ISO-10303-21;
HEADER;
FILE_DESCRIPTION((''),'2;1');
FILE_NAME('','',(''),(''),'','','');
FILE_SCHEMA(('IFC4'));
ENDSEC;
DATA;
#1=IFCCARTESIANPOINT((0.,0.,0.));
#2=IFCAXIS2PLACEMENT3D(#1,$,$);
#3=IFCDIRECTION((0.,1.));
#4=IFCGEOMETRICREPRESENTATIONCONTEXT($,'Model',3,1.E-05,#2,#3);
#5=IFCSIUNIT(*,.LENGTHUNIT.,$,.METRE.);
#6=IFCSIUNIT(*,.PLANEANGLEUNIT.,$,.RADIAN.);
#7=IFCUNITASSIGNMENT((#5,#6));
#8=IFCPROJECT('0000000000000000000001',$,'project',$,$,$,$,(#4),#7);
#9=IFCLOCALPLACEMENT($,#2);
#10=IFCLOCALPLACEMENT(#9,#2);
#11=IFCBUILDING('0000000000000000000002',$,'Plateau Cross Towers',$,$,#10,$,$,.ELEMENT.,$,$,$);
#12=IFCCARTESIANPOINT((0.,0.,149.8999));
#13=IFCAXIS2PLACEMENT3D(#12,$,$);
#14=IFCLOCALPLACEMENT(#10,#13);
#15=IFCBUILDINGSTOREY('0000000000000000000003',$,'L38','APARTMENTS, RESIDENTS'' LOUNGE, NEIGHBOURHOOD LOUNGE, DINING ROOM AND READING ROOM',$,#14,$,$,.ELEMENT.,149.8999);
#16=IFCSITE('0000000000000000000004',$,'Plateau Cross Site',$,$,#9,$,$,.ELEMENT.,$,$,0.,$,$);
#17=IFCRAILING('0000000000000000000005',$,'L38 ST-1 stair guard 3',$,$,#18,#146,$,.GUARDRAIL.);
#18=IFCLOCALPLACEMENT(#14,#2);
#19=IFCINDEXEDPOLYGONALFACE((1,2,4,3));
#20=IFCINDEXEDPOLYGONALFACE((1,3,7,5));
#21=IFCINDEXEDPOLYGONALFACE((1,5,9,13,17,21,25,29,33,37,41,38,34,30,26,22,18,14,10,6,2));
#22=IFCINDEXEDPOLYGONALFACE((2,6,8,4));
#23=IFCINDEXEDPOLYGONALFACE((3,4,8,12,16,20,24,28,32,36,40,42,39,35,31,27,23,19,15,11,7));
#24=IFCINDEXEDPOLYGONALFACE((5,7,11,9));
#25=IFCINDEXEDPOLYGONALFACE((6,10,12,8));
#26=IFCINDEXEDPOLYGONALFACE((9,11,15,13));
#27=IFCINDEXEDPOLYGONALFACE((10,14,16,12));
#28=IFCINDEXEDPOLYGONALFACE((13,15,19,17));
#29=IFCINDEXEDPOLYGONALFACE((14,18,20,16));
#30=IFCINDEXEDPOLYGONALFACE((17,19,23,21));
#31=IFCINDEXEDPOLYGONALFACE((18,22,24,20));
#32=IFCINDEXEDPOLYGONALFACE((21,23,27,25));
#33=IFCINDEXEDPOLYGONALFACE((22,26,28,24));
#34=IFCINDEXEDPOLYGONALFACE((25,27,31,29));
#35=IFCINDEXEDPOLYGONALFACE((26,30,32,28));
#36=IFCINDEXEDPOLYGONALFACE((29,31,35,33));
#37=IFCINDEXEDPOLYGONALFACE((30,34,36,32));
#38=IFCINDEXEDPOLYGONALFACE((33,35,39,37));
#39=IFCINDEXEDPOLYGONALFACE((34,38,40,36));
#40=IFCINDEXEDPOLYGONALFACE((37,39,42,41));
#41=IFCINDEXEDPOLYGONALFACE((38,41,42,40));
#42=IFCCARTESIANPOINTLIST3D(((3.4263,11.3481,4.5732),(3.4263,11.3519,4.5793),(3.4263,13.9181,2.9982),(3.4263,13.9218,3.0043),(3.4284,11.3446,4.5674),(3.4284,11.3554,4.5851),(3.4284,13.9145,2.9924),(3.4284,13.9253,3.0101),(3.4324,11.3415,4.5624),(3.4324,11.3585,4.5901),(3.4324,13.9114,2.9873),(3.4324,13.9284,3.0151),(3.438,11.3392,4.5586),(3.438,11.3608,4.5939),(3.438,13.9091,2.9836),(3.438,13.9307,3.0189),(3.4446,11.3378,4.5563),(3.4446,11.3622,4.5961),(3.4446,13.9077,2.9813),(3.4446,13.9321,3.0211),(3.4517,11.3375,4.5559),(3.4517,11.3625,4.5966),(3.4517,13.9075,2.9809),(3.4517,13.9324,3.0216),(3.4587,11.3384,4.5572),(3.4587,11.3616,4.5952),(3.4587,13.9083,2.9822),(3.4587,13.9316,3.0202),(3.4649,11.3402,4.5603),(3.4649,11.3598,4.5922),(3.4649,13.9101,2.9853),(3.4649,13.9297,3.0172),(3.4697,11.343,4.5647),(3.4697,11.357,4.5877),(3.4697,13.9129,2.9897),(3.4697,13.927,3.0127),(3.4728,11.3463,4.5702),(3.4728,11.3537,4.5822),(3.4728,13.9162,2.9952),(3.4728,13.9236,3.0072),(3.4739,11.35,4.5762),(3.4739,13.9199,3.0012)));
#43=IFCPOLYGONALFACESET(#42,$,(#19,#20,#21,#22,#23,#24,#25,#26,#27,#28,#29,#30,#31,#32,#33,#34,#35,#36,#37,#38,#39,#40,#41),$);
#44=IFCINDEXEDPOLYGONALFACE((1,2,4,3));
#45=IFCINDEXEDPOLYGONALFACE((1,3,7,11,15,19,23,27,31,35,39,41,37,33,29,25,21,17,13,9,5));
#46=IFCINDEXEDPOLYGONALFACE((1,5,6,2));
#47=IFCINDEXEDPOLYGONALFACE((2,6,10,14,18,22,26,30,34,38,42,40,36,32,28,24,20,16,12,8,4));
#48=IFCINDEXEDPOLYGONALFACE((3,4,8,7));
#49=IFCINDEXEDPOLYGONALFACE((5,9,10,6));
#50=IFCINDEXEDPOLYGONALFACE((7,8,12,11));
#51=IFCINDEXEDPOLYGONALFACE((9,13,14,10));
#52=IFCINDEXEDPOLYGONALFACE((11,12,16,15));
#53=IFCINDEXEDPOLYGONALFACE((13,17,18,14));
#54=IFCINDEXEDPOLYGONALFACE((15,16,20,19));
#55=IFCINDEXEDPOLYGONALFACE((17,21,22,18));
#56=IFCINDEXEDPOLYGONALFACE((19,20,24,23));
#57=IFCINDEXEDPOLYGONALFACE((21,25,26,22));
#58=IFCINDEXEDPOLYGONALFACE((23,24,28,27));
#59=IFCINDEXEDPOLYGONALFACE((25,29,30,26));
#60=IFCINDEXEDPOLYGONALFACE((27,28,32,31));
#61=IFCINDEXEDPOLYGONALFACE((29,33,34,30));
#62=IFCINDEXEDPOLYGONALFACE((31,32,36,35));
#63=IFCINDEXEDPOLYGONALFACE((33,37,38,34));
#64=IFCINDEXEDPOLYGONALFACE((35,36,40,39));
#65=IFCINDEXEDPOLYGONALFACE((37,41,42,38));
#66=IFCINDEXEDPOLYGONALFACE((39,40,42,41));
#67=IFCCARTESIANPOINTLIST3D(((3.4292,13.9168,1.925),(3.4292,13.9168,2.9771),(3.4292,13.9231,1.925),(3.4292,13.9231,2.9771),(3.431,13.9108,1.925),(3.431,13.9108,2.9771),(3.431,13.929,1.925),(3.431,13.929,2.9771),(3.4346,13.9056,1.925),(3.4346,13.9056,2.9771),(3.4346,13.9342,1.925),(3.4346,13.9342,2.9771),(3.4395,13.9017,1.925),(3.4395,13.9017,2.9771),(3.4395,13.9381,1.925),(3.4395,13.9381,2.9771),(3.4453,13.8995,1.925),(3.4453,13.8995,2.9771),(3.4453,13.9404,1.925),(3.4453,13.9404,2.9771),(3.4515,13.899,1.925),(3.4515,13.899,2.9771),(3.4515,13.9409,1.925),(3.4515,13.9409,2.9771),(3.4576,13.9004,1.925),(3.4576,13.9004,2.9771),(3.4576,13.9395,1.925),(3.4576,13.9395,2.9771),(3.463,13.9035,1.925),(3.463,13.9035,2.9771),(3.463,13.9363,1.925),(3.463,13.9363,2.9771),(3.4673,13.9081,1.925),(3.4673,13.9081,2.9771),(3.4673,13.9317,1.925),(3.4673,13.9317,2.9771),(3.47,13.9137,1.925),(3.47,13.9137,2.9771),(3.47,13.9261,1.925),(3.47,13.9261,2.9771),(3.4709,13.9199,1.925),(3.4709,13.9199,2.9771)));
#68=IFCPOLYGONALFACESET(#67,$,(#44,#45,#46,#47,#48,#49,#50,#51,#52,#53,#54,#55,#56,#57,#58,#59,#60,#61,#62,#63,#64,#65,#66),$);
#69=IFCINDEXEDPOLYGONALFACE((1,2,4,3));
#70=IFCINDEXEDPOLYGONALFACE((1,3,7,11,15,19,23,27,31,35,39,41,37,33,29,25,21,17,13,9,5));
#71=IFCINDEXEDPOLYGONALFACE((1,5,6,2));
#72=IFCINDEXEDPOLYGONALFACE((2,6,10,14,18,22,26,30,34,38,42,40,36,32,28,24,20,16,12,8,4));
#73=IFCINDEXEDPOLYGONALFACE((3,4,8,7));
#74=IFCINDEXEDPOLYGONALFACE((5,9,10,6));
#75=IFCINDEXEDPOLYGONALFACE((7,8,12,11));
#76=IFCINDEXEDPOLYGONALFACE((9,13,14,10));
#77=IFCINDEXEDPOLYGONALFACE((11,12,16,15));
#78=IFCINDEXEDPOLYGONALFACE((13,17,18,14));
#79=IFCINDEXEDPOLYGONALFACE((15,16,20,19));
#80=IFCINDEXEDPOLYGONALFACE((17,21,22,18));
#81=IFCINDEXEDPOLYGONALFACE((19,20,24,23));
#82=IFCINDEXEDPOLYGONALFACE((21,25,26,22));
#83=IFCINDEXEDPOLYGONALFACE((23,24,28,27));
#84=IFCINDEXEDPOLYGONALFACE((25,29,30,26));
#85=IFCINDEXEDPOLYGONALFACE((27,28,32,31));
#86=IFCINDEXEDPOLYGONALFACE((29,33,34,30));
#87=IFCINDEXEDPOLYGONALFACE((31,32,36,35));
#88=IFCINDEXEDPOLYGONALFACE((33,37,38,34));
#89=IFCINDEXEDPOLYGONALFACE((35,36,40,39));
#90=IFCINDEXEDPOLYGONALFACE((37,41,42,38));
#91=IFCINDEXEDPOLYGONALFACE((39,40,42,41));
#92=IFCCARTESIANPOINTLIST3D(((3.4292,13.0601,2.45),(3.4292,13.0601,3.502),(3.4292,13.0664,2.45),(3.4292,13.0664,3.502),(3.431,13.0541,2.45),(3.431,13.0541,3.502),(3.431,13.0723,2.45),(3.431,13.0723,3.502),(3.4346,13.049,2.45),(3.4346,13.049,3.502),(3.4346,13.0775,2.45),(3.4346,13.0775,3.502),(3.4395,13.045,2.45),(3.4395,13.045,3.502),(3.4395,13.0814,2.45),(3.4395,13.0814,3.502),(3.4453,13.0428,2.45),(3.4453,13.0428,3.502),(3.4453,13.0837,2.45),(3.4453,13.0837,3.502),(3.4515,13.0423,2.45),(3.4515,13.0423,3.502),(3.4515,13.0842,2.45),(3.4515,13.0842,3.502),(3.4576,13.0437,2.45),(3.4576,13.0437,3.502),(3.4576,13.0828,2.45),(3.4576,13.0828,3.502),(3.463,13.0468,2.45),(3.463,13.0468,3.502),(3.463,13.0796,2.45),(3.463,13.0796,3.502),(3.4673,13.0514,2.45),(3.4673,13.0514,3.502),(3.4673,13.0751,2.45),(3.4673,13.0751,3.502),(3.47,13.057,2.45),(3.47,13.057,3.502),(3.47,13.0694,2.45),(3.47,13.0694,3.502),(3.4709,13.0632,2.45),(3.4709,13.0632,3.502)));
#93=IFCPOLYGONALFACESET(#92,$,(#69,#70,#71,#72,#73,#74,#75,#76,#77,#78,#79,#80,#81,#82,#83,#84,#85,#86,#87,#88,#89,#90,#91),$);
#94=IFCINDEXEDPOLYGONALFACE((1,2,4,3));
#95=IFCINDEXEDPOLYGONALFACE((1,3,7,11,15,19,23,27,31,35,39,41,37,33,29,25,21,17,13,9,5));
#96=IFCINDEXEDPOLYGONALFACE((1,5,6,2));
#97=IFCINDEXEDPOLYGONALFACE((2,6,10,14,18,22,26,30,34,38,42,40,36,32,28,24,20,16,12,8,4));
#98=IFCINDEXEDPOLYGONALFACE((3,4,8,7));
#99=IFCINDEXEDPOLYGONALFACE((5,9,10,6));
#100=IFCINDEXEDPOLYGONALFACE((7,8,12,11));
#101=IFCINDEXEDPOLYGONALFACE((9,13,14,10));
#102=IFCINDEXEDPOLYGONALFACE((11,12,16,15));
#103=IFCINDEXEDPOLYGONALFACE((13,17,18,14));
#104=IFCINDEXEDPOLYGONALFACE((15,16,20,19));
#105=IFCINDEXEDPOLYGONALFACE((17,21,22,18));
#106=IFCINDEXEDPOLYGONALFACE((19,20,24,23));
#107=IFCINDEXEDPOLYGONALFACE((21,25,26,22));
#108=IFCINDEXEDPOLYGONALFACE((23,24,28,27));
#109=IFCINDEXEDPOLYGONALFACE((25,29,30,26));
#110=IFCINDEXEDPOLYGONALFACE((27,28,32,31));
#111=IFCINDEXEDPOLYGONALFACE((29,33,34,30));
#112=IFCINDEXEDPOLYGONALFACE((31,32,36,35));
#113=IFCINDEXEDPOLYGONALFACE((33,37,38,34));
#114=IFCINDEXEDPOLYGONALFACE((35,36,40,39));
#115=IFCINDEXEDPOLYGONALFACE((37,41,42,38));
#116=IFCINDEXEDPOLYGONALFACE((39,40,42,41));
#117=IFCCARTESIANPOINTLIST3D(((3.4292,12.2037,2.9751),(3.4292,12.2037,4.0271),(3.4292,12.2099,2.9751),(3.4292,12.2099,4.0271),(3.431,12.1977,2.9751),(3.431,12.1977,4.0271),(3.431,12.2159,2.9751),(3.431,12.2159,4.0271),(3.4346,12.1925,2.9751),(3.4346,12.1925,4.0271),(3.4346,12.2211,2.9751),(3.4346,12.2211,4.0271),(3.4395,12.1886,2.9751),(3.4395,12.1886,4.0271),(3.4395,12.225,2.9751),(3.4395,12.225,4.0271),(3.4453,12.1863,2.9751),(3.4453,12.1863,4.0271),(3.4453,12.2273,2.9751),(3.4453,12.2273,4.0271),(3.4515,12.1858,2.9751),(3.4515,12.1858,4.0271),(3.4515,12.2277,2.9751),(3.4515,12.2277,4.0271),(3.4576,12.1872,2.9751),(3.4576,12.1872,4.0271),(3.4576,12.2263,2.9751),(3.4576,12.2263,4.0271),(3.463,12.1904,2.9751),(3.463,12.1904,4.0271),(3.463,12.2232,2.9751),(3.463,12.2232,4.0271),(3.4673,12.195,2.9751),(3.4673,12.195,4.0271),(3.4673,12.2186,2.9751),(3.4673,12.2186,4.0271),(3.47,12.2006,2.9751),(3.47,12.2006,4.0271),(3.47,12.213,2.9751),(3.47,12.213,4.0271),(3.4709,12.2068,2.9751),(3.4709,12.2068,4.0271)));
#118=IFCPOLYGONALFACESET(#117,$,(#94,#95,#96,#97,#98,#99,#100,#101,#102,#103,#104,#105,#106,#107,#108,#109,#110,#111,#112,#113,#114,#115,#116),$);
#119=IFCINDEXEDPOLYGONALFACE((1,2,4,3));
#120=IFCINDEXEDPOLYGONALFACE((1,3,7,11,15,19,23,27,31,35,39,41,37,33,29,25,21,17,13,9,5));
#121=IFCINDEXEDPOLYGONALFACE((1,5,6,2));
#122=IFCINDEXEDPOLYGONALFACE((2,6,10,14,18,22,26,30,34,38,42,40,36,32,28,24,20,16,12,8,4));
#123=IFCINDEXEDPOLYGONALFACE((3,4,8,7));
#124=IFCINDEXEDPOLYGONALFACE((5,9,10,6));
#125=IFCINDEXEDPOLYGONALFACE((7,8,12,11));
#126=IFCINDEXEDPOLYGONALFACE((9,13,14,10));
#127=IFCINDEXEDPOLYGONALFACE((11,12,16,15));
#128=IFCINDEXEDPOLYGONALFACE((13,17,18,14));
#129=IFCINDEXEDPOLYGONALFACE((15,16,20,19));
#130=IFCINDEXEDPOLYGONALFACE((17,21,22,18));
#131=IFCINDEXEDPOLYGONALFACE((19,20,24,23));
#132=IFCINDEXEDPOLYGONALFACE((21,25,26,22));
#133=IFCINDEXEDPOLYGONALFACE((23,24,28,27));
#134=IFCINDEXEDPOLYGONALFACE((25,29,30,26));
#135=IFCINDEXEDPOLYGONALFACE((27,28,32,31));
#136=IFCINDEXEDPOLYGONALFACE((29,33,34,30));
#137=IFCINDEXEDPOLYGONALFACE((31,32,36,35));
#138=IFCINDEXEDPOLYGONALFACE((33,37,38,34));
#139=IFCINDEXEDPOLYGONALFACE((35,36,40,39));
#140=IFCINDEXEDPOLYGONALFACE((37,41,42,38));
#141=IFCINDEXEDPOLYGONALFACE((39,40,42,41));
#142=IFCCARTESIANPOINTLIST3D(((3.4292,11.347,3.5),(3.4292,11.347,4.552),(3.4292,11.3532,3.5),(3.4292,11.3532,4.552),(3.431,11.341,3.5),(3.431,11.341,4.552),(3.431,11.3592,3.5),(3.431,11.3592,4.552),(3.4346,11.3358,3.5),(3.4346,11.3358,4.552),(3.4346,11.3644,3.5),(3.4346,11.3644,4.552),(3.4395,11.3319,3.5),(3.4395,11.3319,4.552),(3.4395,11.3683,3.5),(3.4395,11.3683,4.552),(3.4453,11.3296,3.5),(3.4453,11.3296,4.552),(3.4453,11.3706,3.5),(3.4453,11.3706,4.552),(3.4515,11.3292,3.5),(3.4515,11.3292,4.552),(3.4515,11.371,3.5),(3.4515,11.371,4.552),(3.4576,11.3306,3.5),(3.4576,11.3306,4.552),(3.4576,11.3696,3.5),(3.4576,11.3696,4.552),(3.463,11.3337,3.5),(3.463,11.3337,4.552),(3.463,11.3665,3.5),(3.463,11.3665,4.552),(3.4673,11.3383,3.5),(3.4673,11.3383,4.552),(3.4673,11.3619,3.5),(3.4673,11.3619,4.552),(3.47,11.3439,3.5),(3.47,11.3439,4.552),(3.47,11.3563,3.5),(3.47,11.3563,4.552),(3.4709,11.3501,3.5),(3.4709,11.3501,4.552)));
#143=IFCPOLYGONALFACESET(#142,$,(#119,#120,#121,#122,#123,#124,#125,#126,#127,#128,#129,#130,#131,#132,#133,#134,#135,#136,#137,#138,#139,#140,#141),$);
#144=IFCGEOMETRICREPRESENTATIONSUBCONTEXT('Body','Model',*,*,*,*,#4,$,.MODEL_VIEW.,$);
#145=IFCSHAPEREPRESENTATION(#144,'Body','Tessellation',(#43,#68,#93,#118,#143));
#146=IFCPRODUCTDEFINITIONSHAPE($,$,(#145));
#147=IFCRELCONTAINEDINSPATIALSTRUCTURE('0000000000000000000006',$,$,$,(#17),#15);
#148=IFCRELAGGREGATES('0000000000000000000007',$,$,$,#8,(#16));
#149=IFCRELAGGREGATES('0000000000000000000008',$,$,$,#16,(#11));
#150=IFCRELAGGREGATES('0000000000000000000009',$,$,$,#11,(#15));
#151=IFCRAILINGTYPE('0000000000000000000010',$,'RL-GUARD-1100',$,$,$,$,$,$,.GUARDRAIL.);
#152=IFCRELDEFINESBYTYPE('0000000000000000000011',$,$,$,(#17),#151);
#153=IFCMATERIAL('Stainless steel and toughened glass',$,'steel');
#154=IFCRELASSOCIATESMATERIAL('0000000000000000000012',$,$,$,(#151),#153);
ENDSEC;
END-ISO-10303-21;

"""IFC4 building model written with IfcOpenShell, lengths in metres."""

from ifc_helpers import new_model, si_unit, direction, frame, origin, origin_2d, place, context, subcontext, project, spatial, circle, extrude, material, type_object, element, save


model = new_model("IFC4")

# Units and contexts
model_context = context("Model", 3, precision=1e-05, world=origin(), true_north=direction((0.0, 1.0)))
body_context = subcontext(model_context, "Body", "Model", "MODEL_VIEW")
ifc_project = project(units=[si_unit("LENGTHUNIT", "METRE"), si_unit("PLANEANGLEUNIT", "RADIAN")], contexts=[model_context])

# Site, building, storey
site_placement = place(None, origin())
site = spatial("IfcSite", under=ifc_project, at=site_placement, Name="Plateau Cross Site", CompositionType="ELEMENT", RefElevation=0.0)
building_placement = place(site_placement, origin())
building = spatial("IfcBuilding", under=site, at=building_placement, Name="Plateau Cross Towers", CompositionType="ELEMENT")
storey_placement = place(building_placement, frame((0.0, 0.0, 149.8999)))
storey = spatial("IfcBuildingStorey", under=building, at=storey_placement, Name="L38", Description="APARTMENTS, RESIDENTS' LOUNGE, NEIGHBOURHOOD LOUNGE, DINING ROOM AND READING ROOM", CompositionType="ELEMENT", Elevation=149.8999)

# Railing
ifc_material_1 = material(Name="Stainless steel and toughened glass", Category="steel")
railing_type = type_object("IfcRailingType", Name="RL-GUARD-1100", PredefinedType="GUARDRAIL", material=ifc_material_1)
railing_1_placement = place(storey_placement, frame((3.45, 13.9199, 1.925)))
element("IfcRailing", 1, at=railing_1_placement, inside=storey, type_object=railing_type, Name="L38 ST-1 stair guard 3", PredefinedType="GUARDRAIL", context=body_context, shape_type="SweptSolid", body=[
    extrude(circle(Radius=0.0239, at=origin_2d()), frame((0.0, 0.0, 1.0762), z_axis=(0.0, -0.852616, 0.522537), x_axis=(1.0, 0.0, 0.0)), (0.0, 0.0, 1.0), 3.0142),
    extrude(circle(Radius=0.021, at=origin_2d()), origin(), (0.0, 0.0, 1.0), 1.052),
    extrude(circle(Radius=0.021, at=origin_2d()), frame((0.0, -0.8567, 0.5249)), (0.0, 0.0, 1.0), 1.052),
    extrude(circle(Radius=0.021, at=origin_2d()), frame((0.0, -1.7131, 1.05)), (0.0, 0.0, 1.0), 1.052),
    extrude(circle(Radius=0.021, at=origin_2d()), frame((0.0, -2.5698, 1.575)), (0.0, 0.0, 1.0), 1.052),
])

save(model, "model.ifc")
